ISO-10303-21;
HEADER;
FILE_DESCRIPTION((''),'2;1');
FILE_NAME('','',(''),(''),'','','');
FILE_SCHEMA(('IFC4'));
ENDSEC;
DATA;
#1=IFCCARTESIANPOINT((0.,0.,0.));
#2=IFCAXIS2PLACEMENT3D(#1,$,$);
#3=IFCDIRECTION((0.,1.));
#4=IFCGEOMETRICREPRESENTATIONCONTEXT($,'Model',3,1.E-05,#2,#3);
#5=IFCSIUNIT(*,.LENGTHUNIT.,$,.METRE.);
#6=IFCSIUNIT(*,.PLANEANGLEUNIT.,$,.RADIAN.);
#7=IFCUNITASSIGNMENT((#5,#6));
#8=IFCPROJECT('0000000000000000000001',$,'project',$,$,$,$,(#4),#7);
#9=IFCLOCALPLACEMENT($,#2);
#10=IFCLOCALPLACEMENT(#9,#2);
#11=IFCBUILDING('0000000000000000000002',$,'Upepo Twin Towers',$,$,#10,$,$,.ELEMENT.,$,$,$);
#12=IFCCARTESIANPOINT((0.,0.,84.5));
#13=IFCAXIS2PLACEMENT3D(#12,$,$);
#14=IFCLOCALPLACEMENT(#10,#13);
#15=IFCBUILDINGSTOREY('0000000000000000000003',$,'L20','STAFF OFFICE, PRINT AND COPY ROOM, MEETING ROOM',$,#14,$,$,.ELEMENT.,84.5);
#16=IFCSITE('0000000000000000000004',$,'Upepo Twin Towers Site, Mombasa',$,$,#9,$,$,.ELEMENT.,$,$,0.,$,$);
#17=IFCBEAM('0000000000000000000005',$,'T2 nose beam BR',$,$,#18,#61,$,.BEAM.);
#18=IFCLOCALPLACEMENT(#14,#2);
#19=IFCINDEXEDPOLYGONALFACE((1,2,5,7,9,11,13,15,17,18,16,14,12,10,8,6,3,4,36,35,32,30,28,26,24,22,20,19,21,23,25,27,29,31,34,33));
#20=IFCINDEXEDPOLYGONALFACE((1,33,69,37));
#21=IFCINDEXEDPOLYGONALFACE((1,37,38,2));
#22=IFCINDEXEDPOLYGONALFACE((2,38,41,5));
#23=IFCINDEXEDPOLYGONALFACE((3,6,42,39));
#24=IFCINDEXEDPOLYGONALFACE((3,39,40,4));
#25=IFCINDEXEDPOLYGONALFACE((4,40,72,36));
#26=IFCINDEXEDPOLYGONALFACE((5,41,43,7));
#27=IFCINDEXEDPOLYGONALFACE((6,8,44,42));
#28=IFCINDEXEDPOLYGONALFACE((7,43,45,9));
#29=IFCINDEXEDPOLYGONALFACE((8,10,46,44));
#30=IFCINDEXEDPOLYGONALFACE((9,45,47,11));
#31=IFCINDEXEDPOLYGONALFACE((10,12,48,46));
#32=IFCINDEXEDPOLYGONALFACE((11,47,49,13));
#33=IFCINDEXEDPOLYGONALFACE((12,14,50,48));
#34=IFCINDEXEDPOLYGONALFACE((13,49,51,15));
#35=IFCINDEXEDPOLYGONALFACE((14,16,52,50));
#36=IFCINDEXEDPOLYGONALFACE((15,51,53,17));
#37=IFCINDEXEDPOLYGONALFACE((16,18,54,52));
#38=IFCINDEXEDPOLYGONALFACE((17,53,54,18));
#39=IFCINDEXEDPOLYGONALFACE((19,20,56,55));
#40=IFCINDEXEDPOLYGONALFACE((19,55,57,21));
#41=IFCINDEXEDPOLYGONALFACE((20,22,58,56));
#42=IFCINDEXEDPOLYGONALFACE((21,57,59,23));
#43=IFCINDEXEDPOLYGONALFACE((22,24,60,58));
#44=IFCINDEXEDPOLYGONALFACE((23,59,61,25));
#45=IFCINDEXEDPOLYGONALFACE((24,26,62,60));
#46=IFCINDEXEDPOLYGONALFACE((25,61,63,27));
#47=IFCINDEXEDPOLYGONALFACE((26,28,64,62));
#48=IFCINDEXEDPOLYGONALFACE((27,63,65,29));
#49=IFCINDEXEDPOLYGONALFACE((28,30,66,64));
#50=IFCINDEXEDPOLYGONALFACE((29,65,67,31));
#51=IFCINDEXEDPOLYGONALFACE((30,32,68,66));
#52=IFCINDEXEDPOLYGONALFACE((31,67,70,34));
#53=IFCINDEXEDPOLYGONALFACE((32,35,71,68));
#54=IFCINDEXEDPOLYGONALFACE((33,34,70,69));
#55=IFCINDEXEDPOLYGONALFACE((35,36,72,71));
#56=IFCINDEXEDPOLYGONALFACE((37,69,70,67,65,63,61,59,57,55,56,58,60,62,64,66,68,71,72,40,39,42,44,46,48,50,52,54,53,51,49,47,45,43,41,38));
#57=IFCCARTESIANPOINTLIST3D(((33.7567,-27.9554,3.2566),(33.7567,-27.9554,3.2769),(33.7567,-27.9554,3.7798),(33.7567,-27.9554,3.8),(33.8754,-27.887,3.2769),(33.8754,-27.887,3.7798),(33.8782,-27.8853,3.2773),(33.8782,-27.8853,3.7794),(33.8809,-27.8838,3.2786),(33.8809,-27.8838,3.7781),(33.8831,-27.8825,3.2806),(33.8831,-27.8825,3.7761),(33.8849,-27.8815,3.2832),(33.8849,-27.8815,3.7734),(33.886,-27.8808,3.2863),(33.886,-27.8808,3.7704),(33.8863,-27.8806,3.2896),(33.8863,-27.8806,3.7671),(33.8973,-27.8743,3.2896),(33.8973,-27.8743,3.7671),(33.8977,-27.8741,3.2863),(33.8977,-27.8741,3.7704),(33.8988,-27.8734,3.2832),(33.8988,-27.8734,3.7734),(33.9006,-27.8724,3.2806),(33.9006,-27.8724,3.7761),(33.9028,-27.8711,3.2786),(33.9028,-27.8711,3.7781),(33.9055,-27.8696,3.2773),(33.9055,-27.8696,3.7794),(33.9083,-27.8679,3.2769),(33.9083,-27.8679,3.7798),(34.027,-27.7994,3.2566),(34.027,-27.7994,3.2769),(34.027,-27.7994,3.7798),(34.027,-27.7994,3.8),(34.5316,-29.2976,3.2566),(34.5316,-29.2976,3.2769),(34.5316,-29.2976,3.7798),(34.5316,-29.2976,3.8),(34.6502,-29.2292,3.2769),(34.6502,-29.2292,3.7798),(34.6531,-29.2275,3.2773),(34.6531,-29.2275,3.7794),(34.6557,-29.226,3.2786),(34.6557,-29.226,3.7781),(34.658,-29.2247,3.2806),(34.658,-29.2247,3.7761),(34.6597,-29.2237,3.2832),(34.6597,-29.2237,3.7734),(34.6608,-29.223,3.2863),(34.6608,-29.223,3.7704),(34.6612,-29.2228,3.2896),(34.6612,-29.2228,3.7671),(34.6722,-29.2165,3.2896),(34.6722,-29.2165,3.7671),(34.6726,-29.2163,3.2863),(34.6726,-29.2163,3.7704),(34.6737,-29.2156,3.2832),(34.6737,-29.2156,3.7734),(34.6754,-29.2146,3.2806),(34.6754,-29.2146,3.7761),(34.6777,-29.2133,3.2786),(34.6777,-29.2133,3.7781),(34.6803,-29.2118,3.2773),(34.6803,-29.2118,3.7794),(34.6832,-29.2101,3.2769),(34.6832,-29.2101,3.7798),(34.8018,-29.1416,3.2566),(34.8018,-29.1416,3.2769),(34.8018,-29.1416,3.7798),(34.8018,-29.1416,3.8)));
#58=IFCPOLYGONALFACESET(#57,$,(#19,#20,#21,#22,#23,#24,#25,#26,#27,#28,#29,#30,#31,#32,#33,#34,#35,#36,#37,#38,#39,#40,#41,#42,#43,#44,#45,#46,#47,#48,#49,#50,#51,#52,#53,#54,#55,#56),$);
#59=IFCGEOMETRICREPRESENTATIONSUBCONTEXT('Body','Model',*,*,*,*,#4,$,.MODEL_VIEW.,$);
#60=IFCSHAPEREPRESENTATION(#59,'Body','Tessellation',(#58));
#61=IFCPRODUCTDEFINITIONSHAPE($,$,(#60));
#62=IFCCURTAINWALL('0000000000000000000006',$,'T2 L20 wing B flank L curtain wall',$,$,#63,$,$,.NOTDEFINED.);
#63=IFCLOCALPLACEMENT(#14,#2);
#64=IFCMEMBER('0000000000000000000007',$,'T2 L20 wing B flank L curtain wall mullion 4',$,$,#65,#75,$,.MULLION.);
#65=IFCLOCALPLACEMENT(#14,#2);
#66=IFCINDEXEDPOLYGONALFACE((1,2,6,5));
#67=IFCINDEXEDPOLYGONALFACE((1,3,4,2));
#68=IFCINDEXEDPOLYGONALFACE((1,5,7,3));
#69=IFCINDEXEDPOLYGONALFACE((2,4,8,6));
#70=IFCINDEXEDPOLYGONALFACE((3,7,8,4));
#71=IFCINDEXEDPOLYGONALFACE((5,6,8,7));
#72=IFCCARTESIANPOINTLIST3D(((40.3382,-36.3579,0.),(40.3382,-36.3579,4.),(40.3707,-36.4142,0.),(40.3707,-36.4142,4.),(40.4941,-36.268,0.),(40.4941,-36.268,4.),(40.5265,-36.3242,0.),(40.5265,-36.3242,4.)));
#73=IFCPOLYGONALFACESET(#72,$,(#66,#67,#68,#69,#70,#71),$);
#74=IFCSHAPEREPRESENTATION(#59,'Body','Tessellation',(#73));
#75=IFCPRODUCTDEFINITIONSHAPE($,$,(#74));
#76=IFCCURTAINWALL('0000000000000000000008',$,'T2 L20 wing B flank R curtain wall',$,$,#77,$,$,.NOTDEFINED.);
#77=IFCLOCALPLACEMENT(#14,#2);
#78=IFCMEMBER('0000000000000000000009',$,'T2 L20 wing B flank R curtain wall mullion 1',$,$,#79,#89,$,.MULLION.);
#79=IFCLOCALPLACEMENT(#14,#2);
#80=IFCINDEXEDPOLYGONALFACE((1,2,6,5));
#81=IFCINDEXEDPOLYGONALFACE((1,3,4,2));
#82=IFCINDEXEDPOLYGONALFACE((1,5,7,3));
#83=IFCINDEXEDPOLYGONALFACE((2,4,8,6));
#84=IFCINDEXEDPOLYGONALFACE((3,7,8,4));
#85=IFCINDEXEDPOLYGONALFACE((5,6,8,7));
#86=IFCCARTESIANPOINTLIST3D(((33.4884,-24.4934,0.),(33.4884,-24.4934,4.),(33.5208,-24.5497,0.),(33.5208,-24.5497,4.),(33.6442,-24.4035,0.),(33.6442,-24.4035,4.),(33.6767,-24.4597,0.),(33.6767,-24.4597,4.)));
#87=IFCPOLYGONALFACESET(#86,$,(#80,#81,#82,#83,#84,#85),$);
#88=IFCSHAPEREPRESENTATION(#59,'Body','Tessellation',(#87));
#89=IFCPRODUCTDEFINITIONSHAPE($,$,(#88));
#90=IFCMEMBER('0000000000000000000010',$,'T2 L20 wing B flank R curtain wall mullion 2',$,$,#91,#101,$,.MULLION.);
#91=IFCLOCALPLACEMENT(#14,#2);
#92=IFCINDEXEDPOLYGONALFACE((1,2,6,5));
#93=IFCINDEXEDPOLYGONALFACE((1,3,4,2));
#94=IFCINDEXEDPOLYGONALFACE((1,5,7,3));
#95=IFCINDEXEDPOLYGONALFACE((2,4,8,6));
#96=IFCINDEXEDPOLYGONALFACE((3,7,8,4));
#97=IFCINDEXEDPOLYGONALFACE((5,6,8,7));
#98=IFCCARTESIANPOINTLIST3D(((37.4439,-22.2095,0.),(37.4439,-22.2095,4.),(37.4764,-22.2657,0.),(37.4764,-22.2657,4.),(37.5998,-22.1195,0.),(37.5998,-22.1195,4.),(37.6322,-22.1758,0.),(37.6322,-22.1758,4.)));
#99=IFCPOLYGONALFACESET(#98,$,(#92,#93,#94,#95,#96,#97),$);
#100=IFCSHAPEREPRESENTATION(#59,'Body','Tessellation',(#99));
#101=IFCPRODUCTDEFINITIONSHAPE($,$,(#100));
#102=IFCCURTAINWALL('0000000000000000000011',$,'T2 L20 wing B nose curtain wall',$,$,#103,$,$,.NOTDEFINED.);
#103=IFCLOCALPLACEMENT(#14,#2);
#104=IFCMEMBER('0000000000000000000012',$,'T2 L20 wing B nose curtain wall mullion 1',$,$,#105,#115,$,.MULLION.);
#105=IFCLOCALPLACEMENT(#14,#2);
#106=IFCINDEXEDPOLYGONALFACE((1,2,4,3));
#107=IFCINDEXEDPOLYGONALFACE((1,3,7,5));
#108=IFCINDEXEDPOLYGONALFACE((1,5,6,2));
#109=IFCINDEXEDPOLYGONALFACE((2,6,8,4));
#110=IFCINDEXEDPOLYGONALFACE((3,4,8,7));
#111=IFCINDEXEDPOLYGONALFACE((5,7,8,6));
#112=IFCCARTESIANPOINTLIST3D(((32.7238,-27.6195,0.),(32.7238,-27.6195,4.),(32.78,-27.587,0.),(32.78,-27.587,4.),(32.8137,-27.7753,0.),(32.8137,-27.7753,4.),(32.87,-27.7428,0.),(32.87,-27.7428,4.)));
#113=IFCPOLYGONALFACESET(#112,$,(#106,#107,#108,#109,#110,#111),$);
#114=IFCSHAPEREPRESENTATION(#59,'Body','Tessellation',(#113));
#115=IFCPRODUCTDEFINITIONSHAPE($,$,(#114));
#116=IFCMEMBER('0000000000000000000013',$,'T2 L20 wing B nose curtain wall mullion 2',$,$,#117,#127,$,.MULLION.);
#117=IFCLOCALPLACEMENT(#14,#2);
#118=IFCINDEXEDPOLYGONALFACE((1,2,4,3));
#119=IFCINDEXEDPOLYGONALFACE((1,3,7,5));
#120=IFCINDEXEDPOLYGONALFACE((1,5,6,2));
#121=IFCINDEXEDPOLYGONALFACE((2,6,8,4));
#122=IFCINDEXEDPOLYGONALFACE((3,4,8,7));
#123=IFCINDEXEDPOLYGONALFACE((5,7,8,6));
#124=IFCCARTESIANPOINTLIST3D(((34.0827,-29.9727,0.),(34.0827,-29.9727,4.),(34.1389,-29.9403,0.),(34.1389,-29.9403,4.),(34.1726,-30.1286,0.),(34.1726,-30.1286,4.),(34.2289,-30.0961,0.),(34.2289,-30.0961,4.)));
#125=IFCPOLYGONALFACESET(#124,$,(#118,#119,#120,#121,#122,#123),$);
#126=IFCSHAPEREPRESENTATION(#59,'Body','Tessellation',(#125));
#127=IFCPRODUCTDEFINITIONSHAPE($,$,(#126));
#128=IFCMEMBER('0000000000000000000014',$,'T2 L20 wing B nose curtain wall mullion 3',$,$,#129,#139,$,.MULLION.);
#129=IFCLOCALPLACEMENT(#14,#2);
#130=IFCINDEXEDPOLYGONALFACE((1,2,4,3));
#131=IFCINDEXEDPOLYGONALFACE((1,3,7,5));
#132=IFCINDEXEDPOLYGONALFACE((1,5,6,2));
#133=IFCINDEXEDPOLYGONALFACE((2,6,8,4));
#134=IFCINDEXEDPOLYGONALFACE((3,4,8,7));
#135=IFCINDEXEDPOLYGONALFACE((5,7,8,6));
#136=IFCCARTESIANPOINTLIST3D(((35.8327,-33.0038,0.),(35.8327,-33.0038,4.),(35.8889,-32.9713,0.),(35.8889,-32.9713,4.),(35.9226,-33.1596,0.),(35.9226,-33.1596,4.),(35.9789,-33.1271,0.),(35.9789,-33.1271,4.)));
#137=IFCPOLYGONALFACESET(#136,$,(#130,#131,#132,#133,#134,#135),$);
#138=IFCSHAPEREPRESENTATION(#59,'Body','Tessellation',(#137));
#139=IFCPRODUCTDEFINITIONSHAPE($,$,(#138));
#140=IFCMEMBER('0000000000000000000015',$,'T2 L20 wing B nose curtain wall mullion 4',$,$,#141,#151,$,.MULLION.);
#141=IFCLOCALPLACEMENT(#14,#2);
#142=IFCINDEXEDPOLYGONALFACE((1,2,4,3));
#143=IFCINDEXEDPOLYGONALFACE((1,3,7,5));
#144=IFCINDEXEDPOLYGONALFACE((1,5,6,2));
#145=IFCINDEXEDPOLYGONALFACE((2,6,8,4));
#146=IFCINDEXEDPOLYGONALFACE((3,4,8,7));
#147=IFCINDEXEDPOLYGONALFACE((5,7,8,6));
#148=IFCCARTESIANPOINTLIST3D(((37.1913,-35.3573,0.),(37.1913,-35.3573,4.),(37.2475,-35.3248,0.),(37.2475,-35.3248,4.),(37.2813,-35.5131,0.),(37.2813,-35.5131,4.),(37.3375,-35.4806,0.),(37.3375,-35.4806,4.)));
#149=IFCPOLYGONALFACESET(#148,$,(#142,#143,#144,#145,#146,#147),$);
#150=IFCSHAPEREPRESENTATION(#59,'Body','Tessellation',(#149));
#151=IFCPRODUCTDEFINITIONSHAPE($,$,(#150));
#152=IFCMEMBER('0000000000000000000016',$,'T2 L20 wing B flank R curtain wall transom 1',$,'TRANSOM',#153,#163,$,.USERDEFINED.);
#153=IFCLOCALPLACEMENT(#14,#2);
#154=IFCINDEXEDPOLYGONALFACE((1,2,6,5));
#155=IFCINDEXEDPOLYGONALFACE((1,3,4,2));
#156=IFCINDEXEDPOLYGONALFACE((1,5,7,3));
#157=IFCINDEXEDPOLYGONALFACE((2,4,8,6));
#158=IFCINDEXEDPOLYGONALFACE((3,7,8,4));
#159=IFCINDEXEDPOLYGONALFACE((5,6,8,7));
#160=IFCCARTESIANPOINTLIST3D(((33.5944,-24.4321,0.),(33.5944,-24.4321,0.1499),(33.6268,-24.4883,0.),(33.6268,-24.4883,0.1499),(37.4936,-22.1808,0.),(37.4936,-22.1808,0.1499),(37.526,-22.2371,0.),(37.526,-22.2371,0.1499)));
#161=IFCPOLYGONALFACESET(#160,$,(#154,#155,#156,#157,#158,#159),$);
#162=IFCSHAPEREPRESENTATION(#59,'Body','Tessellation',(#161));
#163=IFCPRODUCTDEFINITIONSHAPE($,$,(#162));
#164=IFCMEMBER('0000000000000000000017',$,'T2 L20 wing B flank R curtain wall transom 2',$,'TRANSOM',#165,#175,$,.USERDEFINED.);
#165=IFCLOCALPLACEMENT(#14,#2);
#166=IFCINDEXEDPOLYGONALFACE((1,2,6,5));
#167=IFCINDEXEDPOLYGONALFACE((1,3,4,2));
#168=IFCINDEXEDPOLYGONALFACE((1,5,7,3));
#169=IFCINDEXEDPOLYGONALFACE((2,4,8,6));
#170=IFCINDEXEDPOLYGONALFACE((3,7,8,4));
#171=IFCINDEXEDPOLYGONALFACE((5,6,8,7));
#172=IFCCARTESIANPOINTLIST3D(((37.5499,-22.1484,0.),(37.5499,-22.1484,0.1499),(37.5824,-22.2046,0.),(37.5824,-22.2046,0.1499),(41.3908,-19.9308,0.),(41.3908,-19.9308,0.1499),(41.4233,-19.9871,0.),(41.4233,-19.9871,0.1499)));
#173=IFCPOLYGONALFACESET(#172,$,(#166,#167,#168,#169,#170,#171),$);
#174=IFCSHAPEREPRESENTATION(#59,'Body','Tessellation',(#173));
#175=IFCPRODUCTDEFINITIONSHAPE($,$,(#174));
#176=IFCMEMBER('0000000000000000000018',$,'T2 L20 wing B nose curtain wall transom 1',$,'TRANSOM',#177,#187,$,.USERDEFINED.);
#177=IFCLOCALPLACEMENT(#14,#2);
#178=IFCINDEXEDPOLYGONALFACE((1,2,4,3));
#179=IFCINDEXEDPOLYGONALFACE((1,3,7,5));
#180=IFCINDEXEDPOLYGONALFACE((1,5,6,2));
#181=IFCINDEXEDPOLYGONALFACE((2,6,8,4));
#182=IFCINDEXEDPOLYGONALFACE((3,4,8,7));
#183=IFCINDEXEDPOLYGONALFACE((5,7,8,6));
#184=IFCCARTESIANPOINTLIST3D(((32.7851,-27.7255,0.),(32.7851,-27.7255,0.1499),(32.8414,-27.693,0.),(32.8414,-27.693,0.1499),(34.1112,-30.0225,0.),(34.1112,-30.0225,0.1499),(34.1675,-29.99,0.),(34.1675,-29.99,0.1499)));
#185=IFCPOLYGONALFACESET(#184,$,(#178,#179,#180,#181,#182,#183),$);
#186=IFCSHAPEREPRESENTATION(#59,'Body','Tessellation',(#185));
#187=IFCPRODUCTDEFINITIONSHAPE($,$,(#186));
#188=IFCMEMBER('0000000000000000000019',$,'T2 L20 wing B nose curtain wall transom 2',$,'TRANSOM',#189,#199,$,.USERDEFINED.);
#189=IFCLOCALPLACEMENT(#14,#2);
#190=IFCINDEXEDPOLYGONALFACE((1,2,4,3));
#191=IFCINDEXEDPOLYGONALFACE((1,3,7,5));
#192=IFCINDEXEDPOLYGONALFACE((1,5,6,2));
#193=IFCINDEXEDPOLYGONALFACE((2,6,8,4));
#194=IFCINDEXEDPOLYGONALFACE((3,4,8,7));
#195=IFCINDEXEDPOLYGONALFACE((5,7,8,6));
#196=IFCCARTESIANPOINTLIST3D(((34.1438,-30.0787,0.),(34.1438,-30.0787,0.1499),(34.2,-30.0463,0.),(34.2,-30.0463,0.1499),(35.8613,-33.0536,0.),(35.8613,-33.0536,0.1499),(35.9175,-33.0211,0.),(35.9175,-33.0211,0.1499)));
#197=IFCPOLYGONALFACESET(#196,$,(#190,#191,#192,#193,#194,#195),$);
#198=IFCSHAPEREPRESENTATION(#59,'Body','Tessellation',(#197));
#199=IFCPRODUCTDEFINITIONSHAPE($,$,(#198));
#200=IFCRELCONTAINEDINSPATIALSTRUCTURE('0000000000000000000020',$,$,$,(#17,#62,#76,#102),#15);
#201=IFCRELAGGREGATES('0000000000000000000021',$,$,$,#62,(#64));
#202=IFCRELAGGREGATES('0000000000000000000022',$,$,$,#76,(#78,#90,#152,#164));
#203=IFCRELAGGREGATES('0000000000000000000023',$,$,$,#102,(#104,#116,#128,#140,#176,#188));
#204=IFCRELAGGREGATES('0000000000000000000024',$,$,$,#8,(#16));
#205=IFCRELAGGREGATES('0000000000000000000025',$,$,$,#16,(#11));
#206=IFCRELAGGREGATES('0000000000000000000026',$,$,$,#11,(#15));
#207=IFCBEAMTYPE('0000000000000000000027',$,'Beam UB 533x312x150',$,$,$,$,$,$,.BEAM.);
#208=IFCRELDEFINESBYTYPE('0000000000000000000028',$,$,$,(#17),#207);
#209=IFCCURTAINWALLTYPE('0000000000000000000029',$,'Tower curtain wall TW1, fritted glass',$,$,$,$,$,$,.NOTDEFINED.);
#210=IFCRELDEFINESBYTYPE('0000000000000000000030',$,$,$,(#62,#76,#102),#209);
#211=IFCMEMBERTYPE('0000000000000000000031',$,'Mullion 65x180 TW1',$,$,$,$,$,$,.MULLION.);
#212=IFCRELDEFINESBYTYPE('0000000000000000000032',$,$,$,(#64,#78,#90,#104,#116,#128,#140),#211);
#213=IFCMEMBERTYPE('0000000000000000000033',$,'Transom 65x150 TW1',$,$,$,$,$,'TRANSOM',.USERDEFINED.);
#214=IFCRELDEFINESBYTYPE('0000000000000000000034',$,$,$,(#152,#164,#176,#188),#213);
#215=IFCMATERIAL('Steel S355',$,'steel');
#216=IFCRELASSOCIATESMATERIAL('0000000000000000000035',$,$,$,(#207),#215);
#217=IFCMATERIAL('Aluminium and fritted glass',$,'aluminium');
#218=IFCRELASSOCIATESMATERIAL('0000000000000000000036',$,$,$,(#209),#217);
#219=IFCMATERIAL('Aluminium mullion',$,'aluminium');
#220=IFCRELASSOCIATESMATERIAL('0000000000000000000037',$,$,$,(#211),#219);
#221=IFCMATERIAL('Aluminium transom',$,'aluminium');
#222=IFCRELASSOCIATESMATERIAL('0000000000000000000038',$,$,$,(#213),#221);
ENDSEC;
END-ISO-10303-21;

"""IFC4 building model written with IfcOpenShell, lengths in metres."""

from ifc_helpers import new_model, si_unit, direction, frame, origin, origin_2d, place, context, subcontext, project, spatial, rectangle, i_section, extrude, material, material_profile, profile_set, type_object, element, aggregate, save


model = new_model("IFC4")

# Units and contexts
model_context = context("Model", 3, precision=1e-05, world=origin(), true_north=direction((0.0, 1.0)))
body_context = subcontext(model_context, "Body", "Model", "MODEL_VIEW")
ifc_project = project(units=[si_unit("LENGTHUNIT", "METRE"), si_unit("PLANEANGLEUNIT", "RADIAN")], contexts=[model_context])

# Site, building, storey
site_placement = place(None, origin())
site = spatial("IfcSite", under=ifc_project, at=site_placement, Name="Upepo Twin Towers Site, Mombasa", CompositionType="ELEMENT", RefElevation=0.0)
building_placement = place(site_placement, origin())
building = spatial("IfcBuilding", under=site, at=building_placement, Name="Upepo Twin Towers", CompositionType="ELEMENT")
storey_placement = place(building_placement, frame((0.0, 0.0, 84.5)))
storey = spatial("IfcBuildingStorey", under=building, at=storey_placement, Name="L20", Description="STAFF OFFICE, PRINT AND COPY ROOM, MEETING ROOM", CompositionType="ELEMENT", Elevation=84.5)

# Beam
ifc_material_1 = material(Name="Steel S355", Category="steel")
ifc_material_profile_1 = material_profile(ifc_material_1, i_section(OverallWidth=0.312, OverallDepth=0.5435, WebThickness=0.0127, FlangeThickness=0.0203, FilletRadius=0.0127, at=origin_2d()), Name="UB 533x312x150")
ifc_profile_set_1 = profile_set([ifc_material_profile_1], Name="Steel S355")
beam_type_1 = type_object("IfcBeamType", Name="Beam UB 533x312x150", PredefinedType="BEAM", material=ifc_profile_set_1)
for number, where, z_axis, x_axis, name in (
    (1, (33.8918, -27.8774, 3.5283), (0.499968, -0.866044, 0.0), (0.866044, 0.499968, 0.0), "T2 nose beam BR"),
):
    element("IfcBeam", number, at=place(storey_placement, frame(where, z_axis=z_axis, x_axis=x_axis)), inside=storey, type_object=beam_type_1, Name=name, PredefinedType="BEAM", context=body_context, shape_type="SweptSolid", body=[
        extrude(i_section(OverallWidth=0.312, OverallDepth=0.5435, WebThickness=0.0127, FlangeThickness=0.0203, FilletRadius=0.0127, at=origin_2d()), origin(), (0.0, 0.0, 1.0), 1.5498),
    ])

# Curtain wall, member
ifc_material_2 = material(Name="Aluminium and fritted glass", Category="aluminium")
curtain_wall_type = type_object("IfcCurtainWallType", Name="Tower curtain wall TW1, fritted glass", PredefinedType="NOTDEFINED", material=ifc_material_2)
curtain_wall_1_placement = place(storey_placement, origin())
curtain_wall_1 = element("IfcCurtainWall", 2, at=curtain_wall_1_placement, inside=storey, type_object=curtain_wall_type, Name="T2 L20 wing B flank L curtain wall", PredefinedType="NOTDEFINED")
ifc_material_3 = material(Name="Aluminium mullion", Category="aluminium")
ifc_material_profile_2 = material_profile(ifc_material_3, rectangle(XDim=0.0649, YDim=0.1799, at=origin_2d()), Name="MULLION 65x180")
ifc_profile_set_2 = profile_set([ifc_material_profile_2], Name="Aluminium mullion")
member_type_1 = type_object("IfcMemberType", Name="Mullion 65x180 TW1", PredefinedType="MULLION", material=ifc_profile_set_2)
member_1_placement = place(storey_placement, frame((40.4324, -36.3411, 0.0), z_axis=(0.0, 0.0, 1.0), x_axis=(0.5, -0.866025, 0.0)))
member_1 = element("IfcMember", 3, at=member_1_placement, type_object=member_type_1, Name="T2 L20 wing B flank L curtain wall mullion 4", PredefinedType="MULLION", context=body_context, shape_type="SweptSolid", body=[
    extrude(rectangle(XDim=0.0649, YDim=0.1799, at=origin_2d()), origin(), (0.0, 0.0, 1.0), 4.0),
])
aggregate(curtain_wall_1, [member_1])

# Curtain walls, members
curtain_wall_2_placement = place(storey_placement, origin())
curtain_wall_2 = element("IfcCurtainWall", 4, at=curtain_wall_2_placement, inside=storey, type_object=curtain_wall_type, Name="T2 L20 wing B flank R curtain wall", PredefinedType="NOTDEFINED")
member_2_placement = place(storey_placement, frame((33.5825, -24.4766, 0.0), z_axis=(0.0, 0.0, 1.0), x_axis=(-0.5, 0.866025, 0.0)))
member_2 = element("IfcMember", 5, at=member_2_placement, type_object=member_type_1, Name="T2 L20 wing B flank R curtain wall mullion 1", PredefinedType="MULLION", context=body_context, shape_type="SweptSolid", body=[
    extrude(rectangle(XDim=0.0649, YDim=0.1799, at=origin_2d()), origin(), (0.0, 0.0, 1.0), 4.0),
])
member_3_placement = place(storey_placement, frame((37.5381, -22.1926, 0.0), z_axis=(0.0, 0.0, 1.0), x_axis=(-0.5, 0.866025, 0.0)))
member_3 = element("IfcMember", 6, at=member_3_placement, type_object=member_type_1, Name="T2 L20 wing B flank R curtain wall mullion 2", PredefinedType="MULLION", context=body_context, shape_type="SweptSolid", body=[
    extrude(rectangle(XDim=0.0649, YDim=0.1799, at=origin_2d()), origin(), (0.0, 0.0, 1.0), 4.0),
])
curtain_wall_3_placement = place(storey_placement, origin())
curtain_wall_3 = element("IfcCurtainWall", 7, at=curtain_wall_3_placement, inside=storey, type_object=curtain_wall_type, Name="T2 L20 wing B nose curtain wall", PredefinedType="NOTDEFINED")
member_4_placement = place(storey_placement, frame((32.7969, -27.6812, 0.0), z_axis=(0.0, 0.0, 1.0), x_axis=(0.866025, 0.5, 0.0)))
member_4 = element("IfcMember", 8, at=member_4_placement, type_object=member_type_1, Name="T2 L20 wing B nose curtain wall mullion 1", PredefinedType="MULLION", context=body_context, shape_type="SweptSolid", body=[
    extrude(rectangle(XDim=0.0649, YDim=0.1799, at=origin_2d()), origin(), (0.0, 0.0, 1.0), 4.0),
])
member_5_placement = place(storey_placement, frame((34.1558, -30.0344, 0.0), z_axis=(0.0, 0.0, 1.0), x_axis=(0.866025, 0.5, 0.0)))
member_5 = element("IfcMember", 9, at=member_5_placement, type_object=member_type_1, Name="T2 L20 wing B nose curtain wall mullion 2", PredefinedType="MULLION", context=body_context, shape_type="SweptSolid", body=[
    extrude(rectangle(XDim=0.0649, YDim=0.1799, at=origin_2d()), origin(), (0.0, 0.0, 1.0), 4.0),
])
member_6_placement = place(storey_placement, frame((35.9058, -33.0654, 0.0), z_axis=(0.0, 0.0, 1.0), x_axis=(0.866025, 0.5, 0.0)))
member_6 = element("IfcMember", 10, at=member_6_placement, type_object=member_type_1, Name="T2 L20 wing B nose curtain wall mullion 3", PredefinedType="MULLION", context=body_context, shape_type="SweptSolid", body=[
    extrude(rectangle(XDim=0.0649, YDim=0.1799, at=origin_2d()), origin(), (0.0, 0.0, 1.0), 4.0),
])
member_7_placement = place(storey_placement, frame((37.2644, -35.4189, 0.0), z_axis=(0.0, 0.0, 1.0), x_axis=(0.866025, 0.5, 0.0)))
member_7 = element("IfcMember", 11, at=member_7_placement, type_object=member_type_1, Name="T2 L20 wing B nose curtain wall mullion 4", PredefinedType="MULLION", context=body_context, shape_type="SweptSolid", body=[
    extrude(rectangle(XDim=0.0649, YDim=0.1799, at=origin_2d()), origin(), (0.0, 0.0, 1.0), 4.0),
])

# Members
ifc_material_4 = material(Name="Aluminium transom", Category="aluminium")
ifc_material_profile_3 = material_profile(ifc_material_4, rectangle(XDim=0.0649, YDim=0.1499, at=origin_2d()), Name="TRANSOM 65x150")
ifc_profile_set_3 = profile_set([ifc_material_profile_3], Name="Aluminium transom")
member_type_2 = type_object("IfcMemberType", Name="Transom 65x150 TW1", ElementType="TRANSOM", PredefinedType="USERDEFINED", material=ifc_profile_set_3)
member_8_placement = place(storey_placement, frame((33.6106, -24.4602, 0.075), z_axis=(0.866022, 0.500006, 0.0), x_axis=(-0.500006, 0.866022, 0.0)))
member_8 = element("IfcMember", 12, at=member_8_placement, type_object=member_type_2, Name="T2 L20 wing B flank R curtain wall transom 1", ObjectType="TRANSOM", PredefinedType="USERDEFINED", context=body_context, shape_type="SweptSolid", body=[
    extrude(rectangle(XDim=0.0649, YDim=0.1499, at=origin_2d()), origin(), (0.0, 0.0, 1.0), 4.5024),
])
member_9_placement = place(storey_placement, frame((37.5662, -22.1765, 0.075), z_axis=(0.866022, 0.500005, 0.0), x_axis=(-0.500005, 0.866022, 0.0)))
member_9 = element("IfcMember", 13, at=member_9_placement, type_object=member_type_2, Name="T2 L20 wing B flank R curtain wall transom 2", ObjectType="TRANSOM", PredefinedType="USERDEFINED", context=body_context, shape_type="SweptSolid", body=[
    extrude(rectangle(XDim=0.0649, YDim=0.1499, at=origin_2d()), origin(), (0.0, 0.0, 1.0), 4.4351),
])
member_10_placement = place(storey_placement, frame((32.8132, -27.7092, 0.075), z_axis=(0.49998, -0.866037, 0.0), x_axis=(0.866037, 0.49998, 0.0)))
member_10 = element("IfcMember", 14, at=member_10_placement, type_object=member_type_2, Name="T2 L20 wing B nose curtain wall transom 1", ObjectType="TRANSOM", PredefinedType="USERDEFINED", context=body_context, shape_type="SweptSolid", body=[
    extrude(rectangle(XDim=0.0649, YDim=0.1499, at=origin_2d()), origin(), (0.0, 0.0, 1.0), 2.6523),
])
member_11_placement = place(storey_placement, frame((34.1719, -30.0625, 0.075), z_axis=(0.499999, -0.866026, 0.0), x_axis=(0.866026, 0.499999, 0.0)))
member_11 = element("IfcMember", 15, at=member_11_placement, type_object=member_type_2, Name="T2 L20 wing B nose curtain wall transom 2", ObjectType="TRANSOM", PredefinedType="USERDEFINED", context=body_context, shape_type="SweptSolid", body=[
    extrude(rectangle(XDim=0.0649, YDim=0.1499, at=origin_2d()), origin(), (0.0, 0.0, 1.0), 3.4351),
])

aggregate(curtain_wall_2, [member_2, member_3, member_8, member_9])
aggregate(curtain_wall_3, [member_4, member_5, member_6, member_7, member_10, member_11])

save(model, "model.ifc")
